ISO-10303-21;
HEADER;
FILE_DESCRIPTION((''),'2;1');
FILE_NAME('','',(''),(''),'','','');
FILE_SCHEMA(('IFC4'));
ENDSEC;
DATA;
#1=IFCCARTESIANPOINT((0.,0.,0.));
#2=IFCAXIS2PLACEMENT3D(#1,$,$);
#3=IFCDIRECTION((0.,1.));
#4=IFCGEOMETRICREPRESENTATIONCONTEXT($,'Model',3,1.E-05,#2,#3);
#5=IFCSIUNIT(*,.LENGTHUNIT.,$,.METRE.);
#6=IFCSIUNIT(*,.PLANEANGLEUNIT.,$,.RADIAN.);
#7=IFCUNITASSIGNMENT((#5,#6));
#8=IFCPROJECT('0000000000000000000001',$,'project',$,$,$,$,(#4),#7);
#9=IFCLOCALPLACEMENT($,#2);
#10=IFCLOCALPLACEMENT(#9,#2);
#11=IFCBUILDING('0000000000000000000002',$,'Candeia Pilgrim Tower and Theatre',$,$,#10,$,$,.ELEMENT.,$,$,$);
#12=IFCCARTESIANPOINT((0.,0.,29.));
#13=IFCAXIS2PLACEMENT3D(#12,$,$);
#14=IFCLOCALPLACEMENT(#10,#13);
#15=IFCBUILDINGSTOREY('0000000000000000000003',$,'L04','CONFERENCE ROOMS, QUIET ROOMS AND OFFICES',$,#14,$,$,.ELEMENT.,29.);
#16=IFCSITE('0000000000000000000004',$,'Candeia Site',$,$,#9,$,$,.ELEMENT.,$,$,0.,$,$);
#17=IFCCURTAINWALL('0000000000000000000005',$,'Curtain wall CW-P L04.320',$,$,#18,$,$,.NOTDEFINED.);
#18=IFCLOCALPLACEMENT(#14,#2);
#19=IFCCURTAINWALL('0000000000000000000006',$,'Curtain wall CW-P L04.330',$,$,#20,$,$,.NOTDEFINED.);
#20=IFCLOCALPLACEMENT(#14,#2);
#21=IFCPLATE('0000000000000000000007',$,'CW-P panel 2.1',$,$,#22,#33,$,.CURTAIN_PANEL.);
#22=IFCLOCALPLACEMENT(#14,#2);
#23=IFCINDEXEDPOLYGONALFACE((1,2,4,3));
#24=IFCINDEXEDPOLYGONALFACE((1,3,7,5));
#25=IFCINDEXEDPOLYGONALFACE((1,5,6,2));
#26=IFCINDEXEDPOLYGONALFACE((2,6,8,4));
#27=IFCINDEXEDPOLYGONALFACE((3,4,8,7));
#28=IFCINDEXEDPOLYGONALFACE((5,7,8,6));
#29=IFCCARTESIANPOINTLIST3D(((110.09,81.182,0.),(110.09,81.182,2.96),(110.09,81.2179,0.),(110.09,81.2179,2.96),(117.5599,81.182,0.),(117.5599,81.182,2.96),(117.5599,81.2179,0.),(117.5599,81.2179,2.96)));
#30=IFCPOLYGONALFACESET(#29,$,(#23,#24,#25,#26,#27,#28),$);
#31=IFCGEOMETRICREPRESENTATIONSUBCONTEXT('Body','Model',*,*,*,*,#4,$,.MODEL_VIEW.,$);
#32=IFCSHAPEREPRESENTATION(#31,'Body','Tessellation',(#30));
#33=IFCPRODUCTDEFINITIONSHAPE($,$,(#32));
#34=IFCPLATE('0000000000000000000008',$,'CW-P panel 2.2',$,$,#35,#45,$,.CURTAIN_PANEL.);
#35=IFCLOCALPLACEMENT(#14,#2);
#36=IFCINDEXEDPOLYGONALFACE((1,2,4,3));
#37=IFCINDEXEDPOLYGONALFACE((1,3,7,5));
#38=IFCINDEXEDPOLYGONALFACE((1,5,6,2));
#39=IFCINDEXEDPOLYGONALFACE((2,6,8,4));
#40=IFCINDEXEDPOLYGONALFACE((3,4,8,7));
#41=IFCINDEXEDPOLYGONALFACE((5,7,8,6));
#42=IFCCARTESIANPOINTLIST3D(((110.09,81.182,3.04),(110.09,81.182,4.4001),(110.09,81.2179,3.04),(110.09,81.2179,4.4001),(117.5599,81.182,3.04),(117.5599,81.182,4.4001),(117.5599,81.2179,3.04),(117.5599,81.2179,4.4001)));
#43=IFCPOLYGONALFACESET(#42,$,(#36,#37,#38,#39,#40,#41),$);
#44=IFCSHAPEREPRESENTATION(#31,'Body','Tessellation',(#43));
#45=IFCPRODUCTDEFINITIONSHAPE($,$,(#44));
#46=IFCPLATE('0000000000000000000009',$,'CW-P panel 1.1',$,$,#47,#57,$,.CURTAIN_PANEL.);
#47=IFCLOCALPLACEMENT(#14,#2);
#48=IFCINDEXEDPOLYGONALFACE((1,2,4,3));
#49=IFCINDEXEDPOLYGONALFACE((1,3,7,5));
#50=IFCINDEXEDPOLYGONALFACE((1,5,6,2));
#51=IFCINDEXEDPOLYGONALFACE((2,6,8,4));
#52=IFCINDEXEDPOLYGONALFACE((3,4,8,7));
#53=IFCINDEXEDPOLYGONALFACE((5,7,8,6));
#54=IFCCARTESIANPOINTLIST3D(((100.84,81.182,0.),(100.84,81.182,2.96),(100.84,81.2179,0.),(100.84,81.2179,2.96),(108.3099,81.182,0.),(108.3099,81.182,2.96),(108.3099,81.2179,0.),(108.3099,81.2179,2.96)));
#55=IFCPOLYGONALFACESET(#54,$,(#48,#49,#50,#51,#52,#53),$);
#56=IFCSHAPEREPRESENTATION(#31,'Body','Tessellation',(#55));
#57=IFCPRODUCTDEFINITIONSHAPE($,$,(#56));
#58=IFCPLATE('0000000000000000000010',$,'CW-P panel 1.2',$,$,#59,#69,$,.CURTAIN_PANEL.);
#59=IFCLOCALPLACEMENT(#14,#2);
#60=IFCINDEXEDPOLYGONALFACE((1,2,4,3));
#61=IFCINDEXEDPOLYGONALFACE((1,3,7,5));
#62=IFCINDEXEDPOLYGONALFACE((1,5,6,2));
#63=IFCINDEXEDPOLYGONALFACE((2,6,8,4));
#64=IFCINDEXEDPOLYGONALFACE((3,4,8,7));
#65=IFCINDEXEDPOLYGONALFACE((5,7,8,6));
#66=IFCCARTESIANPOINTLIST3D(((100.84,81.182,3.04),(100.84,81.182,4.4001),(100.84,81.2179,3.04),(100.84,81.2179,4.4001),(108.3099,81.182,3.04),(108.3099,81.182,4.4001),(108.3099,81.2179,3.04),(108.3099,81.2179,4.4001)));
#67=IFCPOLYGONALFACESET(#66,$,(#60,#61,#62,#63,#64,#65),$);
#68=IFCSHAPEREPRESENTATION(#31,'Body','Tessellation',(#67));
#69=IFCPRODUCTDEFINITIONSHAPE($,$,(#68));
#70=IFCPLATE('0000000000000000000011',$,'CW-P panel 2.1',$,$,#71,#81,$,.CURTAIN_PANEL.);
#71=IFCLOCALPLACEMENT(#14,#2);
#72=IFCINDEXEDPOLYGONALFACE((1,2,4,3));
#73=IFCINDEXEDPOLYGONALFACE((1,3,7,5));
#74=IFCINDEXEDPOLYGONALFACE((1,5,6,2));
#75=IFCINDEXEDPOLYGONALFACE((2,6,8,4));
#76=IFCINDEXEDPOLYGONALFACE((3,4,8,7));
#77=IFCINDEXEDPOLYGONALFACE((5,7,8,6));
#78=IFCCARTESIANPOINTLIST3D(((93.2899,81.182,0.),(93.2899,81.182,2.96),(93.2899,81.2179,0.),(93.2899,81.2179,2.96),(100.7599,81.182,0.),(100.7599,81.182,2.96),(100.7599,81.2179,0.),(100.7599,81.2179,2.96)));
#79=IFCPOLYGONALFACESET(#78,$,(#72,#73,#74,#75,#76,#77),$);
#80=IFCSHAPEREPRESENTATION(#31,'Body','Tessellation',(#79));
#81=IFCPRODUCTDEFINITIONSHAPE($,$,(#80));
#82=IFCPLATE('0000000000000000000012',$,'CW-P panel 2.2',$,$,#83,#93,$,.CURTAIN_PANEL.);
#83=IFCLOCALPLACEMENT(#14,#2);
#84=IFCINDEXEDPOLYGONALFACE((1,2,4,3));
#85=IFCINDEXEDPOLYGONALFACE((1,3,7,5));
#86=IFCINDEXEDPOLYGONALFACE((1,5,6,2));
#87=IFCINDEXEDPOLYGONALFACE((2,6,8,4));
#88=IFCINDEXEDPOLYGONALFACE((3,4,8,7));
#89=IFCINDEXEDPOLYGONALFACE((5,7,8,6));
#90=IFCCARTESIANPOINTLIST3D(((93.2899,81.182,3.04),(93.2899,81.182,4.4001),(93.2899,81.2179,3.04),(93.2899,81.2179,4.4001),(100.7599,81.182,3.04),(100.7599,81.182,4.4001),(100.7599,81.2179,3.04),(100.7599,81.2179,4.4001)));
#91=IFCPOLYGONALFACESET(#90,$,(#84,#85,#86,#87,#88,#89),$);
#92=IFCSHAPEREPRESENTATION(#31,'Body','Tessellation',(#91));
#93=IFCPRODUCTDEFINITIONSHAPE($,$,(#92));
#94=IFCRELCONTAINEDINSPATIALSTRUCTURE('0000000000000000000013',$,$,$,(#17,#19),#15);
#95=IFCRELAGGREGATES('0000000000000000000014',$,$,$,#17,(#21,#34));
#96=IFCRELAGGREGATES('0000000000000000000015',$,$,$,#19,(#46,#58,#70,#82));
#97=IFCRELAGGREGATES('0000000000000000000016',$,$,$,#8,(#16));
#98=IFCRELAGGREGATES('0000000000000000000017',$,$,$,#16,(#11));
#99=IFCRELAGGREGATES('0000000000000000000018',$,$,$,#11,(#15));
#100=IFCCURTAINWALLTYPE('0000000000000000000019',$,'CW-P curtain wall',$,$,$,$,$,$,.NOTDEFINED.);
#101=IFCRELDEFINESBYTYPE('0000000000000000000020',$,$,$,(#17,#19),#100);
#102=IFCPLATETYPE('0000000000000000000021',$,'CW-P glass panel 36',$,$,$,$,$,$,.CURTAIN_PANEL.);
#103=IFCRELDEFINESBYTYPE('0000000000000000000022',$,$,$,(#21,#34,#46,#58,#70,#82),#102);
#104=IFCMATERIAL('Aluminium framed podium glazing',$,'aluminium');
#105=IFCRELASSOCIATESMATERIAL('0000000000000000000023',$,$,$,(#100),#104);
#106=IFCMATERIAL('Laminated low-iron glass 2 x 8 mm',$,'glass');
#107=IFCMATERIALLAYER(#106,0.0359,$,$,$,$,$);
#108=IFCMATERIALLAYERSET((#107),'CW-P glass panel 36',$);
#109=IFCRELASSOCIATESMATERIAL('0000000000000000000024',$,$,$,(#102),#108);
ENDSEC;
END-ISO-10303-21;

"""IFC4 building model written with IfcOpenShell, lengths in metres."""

from ifc_helpers import new_model, si_unit, direction, frame, origin, origin_2d, place, context, subcontext, project, spatial, rectangle, extrude, material, layer, layer_set, type_object, element, aggregate, save


model = new_model("IFC4")

# Units and contexts
model_context = context("Model", 3, precision=1e-05, world=origin(), true_north=direction((0.0, 1.0)))
body_context = subcontext(model_context, "Body", "Model", "MODEL_VIEW")
ifc_project = project(units=[si_unit("LENGTHUNIT", "METRE"), si_unit("PLANEANGLEUNIT", "RADIAN")], contexts=[model_context])

# Site, building, storey
site_placement = place(None, origin())
site = spatial("IfcSite", under=ifc_project, at=site_placement, Name="Candeia Site", CompositionType="ELEMENT", RefElevation=0.0)
building_placement = place(site_placement, origin())
building = spatial("IfcBuilding", under=site, at=building_placement, Name="Candeia Pilgrim Tower and Theatre", CompositionType="ELEMENT")
storey_placement = place(building_placement, frame((0.0, 0.0, 29.0)))
storey = spatial("IfcBuildingStorey", under=building, at=storey_placement, Name="L04", Description="CONFERENCE ROOMS, QUIET ROOMS AND OFFICES", CompositionType="ELEMENT", Elevation=29.0)

# Curtain walls
ifc_material_1 = material(Name="Aluminium framed podium glazing", Category="aluminium")
curtain_wall_type = type_object("IfcCurtainWallType", Name="CW-P curtain wall", PredefinedType="NOTDEFINED", material=ifc_material_1)
curtain_wall_1_placement = place(storey_placement, origin())
curtain_wall_1 = element("IfcCurtainWall", 1, at=curtain_wall_1_placement, inside=storey, type_object=curtain_wall_type, Name="Curtain wall CW-P L04.320", PredefinedType="NOTDEFINED")
curtain_wall_2_placement = place(storey_placement, origin())
curtain_wall_2 = element("IfcCurtainWall", 2, at=curtain_wall_2_placement, inside=storey, type_object=curtain_wall_type, Name="Curtain wall CW-P L04.330", PredefinedType="NOTDEFINED")

# Plates
ifc_material_2 = material(Name="Laminated low-iron glass 2 x 8 mm", Category="glass")
ifc_layer = layer(ifc_material_2, 0.0359)
ifc_layer_set = layer_set([ifc_layer], Name="CW-P glass panel 36")
plate_type = type_object("IfcPlateType", Name="CW-P glass panel 36", PredefinedType="CURTAIN_PANEL", material=ifc_layer_set)
plate_1_placement = place(storey_placement, frame((113.825, 81.2, 0.0), z_axis=(0.0, 0.0, 1.0), x_axis=(-1.0, 0.0, 0.0)))
plate_1 = element("IfcPlate", 3, at=plate_1_placement, type_object=plate_type, Name="CW-P panel 2.1", PredefinedType="CURTAIN_PANEL", context=body_context, shape_type="SweptSolid", body=[
    extrude(rectangle(XDim=7.47, YDim=0.0359, at=origin_2d()), origin(), (0.0, 0.0, 1.0), 2.96),
])
plate_2_placement = place(storey_placement, frame((113.825, 81.2, 3.04), z_axis=(0.0, 0.0, 1.0), x_axis=(-1.0, 0.0, 0.0)))
plate_2 = element("IfcPlate", 4, at=plate_2_placement, type_object=plate_type, Name="CW-P panel 2.2", PredefinedType="CURTAIN_PANEL", context=body_context, shape_type="SweptSolid", body=[
    extrude(rectangle(XDim=7.47, YDim=0.0359, at=origin_2d()), origin(), (0.0, 0.0, 1.0), 1.3601),
])
aggregate(curtain_wall_1, [plate_1, plate_2])
plate_3_placement = place(storey_placement, frame((104.575, 81.2, 0.0), z_axis=(0.0, 0.0, 1.0), x_axis=(-1.0, 0.0, 0.0)))
plate_3 = element("IfcPlate", 5, at=plate_3_placement, type_object=plate_type, Name="CW-P panel 1.1", PredefinedType="CURTAIN_PANEL", context=body_context, shape_type="SweptSolid", body=[
    extrude(rectangle(XDim=7.47, YDim=0.0359, at=origin_2d()), origin(), (0.0, 0.0, 1.0), 2.96),
])
plate_4_placement = place(storey_placement, frame((104.575, 81.2, 3.04), z_axis=(0.0, 0.0, 1.0), x_axis=(-1.0, 0.0, 0.0)))
plate_4 = element("IfcPlate", 6, at=plate_4_placement, type_object=plate_type, Name="CW-P panel 1.2", PredefinedType="CURTAIN_PANEL", context=body_context, shape_type="SweptSolid", body=[
    extrude(rectangle(XDim=7.47, YDim=0.0359, at=origin_2d()), origin(), (0.0, 0.0, 1.0), 1.3601),
])
plate_5_placement = place(storey_placement, frame((97.0249, 81.2, 0.0), z_axis=(0.0, 0.0, 1.0), x_axis=(-1.0, 0.0, 0.0)))
plate_5 = element("IfcPlate", 7, at=plate_5_placement, type_object=plate_type, Name="CW-P panel 2.1", PredefinedType="CURTAIN_PANEL", context=body_context, shape_type="SweptSolid", body=[
    extrude(rectangle(XDim=7.47, YDim=0.0359, at=origin_2d()), origin(), (0.0, 0.0, 1.0), 2.96),
])
plate_6_placement = place(storey_placement, frame((97.0249, 81.2, 3.04), z_axis=(0.0, 0.0, 1.0), x_axis=(-1.0, 0.0, 0.0)))
plate_6 = element("IfcPlate", 8, at=plate_6_placement, type_object=plate_type, Name="CW-P panel 2.2", PredefinedType="CURTAIN_PANEL", context=body_context, shape_type="SweptSolid", body=[
    extrude(rectangle(XDim=7.47, YDim=0.0359, at=origin_2d()), origin(), (0.0, 0.0, 1.0), 1.3601),
])
aggregate(curtain_wall_2, [plate_3, plate_4, plate_5, plate_6])

save(model, "model.ifc")
